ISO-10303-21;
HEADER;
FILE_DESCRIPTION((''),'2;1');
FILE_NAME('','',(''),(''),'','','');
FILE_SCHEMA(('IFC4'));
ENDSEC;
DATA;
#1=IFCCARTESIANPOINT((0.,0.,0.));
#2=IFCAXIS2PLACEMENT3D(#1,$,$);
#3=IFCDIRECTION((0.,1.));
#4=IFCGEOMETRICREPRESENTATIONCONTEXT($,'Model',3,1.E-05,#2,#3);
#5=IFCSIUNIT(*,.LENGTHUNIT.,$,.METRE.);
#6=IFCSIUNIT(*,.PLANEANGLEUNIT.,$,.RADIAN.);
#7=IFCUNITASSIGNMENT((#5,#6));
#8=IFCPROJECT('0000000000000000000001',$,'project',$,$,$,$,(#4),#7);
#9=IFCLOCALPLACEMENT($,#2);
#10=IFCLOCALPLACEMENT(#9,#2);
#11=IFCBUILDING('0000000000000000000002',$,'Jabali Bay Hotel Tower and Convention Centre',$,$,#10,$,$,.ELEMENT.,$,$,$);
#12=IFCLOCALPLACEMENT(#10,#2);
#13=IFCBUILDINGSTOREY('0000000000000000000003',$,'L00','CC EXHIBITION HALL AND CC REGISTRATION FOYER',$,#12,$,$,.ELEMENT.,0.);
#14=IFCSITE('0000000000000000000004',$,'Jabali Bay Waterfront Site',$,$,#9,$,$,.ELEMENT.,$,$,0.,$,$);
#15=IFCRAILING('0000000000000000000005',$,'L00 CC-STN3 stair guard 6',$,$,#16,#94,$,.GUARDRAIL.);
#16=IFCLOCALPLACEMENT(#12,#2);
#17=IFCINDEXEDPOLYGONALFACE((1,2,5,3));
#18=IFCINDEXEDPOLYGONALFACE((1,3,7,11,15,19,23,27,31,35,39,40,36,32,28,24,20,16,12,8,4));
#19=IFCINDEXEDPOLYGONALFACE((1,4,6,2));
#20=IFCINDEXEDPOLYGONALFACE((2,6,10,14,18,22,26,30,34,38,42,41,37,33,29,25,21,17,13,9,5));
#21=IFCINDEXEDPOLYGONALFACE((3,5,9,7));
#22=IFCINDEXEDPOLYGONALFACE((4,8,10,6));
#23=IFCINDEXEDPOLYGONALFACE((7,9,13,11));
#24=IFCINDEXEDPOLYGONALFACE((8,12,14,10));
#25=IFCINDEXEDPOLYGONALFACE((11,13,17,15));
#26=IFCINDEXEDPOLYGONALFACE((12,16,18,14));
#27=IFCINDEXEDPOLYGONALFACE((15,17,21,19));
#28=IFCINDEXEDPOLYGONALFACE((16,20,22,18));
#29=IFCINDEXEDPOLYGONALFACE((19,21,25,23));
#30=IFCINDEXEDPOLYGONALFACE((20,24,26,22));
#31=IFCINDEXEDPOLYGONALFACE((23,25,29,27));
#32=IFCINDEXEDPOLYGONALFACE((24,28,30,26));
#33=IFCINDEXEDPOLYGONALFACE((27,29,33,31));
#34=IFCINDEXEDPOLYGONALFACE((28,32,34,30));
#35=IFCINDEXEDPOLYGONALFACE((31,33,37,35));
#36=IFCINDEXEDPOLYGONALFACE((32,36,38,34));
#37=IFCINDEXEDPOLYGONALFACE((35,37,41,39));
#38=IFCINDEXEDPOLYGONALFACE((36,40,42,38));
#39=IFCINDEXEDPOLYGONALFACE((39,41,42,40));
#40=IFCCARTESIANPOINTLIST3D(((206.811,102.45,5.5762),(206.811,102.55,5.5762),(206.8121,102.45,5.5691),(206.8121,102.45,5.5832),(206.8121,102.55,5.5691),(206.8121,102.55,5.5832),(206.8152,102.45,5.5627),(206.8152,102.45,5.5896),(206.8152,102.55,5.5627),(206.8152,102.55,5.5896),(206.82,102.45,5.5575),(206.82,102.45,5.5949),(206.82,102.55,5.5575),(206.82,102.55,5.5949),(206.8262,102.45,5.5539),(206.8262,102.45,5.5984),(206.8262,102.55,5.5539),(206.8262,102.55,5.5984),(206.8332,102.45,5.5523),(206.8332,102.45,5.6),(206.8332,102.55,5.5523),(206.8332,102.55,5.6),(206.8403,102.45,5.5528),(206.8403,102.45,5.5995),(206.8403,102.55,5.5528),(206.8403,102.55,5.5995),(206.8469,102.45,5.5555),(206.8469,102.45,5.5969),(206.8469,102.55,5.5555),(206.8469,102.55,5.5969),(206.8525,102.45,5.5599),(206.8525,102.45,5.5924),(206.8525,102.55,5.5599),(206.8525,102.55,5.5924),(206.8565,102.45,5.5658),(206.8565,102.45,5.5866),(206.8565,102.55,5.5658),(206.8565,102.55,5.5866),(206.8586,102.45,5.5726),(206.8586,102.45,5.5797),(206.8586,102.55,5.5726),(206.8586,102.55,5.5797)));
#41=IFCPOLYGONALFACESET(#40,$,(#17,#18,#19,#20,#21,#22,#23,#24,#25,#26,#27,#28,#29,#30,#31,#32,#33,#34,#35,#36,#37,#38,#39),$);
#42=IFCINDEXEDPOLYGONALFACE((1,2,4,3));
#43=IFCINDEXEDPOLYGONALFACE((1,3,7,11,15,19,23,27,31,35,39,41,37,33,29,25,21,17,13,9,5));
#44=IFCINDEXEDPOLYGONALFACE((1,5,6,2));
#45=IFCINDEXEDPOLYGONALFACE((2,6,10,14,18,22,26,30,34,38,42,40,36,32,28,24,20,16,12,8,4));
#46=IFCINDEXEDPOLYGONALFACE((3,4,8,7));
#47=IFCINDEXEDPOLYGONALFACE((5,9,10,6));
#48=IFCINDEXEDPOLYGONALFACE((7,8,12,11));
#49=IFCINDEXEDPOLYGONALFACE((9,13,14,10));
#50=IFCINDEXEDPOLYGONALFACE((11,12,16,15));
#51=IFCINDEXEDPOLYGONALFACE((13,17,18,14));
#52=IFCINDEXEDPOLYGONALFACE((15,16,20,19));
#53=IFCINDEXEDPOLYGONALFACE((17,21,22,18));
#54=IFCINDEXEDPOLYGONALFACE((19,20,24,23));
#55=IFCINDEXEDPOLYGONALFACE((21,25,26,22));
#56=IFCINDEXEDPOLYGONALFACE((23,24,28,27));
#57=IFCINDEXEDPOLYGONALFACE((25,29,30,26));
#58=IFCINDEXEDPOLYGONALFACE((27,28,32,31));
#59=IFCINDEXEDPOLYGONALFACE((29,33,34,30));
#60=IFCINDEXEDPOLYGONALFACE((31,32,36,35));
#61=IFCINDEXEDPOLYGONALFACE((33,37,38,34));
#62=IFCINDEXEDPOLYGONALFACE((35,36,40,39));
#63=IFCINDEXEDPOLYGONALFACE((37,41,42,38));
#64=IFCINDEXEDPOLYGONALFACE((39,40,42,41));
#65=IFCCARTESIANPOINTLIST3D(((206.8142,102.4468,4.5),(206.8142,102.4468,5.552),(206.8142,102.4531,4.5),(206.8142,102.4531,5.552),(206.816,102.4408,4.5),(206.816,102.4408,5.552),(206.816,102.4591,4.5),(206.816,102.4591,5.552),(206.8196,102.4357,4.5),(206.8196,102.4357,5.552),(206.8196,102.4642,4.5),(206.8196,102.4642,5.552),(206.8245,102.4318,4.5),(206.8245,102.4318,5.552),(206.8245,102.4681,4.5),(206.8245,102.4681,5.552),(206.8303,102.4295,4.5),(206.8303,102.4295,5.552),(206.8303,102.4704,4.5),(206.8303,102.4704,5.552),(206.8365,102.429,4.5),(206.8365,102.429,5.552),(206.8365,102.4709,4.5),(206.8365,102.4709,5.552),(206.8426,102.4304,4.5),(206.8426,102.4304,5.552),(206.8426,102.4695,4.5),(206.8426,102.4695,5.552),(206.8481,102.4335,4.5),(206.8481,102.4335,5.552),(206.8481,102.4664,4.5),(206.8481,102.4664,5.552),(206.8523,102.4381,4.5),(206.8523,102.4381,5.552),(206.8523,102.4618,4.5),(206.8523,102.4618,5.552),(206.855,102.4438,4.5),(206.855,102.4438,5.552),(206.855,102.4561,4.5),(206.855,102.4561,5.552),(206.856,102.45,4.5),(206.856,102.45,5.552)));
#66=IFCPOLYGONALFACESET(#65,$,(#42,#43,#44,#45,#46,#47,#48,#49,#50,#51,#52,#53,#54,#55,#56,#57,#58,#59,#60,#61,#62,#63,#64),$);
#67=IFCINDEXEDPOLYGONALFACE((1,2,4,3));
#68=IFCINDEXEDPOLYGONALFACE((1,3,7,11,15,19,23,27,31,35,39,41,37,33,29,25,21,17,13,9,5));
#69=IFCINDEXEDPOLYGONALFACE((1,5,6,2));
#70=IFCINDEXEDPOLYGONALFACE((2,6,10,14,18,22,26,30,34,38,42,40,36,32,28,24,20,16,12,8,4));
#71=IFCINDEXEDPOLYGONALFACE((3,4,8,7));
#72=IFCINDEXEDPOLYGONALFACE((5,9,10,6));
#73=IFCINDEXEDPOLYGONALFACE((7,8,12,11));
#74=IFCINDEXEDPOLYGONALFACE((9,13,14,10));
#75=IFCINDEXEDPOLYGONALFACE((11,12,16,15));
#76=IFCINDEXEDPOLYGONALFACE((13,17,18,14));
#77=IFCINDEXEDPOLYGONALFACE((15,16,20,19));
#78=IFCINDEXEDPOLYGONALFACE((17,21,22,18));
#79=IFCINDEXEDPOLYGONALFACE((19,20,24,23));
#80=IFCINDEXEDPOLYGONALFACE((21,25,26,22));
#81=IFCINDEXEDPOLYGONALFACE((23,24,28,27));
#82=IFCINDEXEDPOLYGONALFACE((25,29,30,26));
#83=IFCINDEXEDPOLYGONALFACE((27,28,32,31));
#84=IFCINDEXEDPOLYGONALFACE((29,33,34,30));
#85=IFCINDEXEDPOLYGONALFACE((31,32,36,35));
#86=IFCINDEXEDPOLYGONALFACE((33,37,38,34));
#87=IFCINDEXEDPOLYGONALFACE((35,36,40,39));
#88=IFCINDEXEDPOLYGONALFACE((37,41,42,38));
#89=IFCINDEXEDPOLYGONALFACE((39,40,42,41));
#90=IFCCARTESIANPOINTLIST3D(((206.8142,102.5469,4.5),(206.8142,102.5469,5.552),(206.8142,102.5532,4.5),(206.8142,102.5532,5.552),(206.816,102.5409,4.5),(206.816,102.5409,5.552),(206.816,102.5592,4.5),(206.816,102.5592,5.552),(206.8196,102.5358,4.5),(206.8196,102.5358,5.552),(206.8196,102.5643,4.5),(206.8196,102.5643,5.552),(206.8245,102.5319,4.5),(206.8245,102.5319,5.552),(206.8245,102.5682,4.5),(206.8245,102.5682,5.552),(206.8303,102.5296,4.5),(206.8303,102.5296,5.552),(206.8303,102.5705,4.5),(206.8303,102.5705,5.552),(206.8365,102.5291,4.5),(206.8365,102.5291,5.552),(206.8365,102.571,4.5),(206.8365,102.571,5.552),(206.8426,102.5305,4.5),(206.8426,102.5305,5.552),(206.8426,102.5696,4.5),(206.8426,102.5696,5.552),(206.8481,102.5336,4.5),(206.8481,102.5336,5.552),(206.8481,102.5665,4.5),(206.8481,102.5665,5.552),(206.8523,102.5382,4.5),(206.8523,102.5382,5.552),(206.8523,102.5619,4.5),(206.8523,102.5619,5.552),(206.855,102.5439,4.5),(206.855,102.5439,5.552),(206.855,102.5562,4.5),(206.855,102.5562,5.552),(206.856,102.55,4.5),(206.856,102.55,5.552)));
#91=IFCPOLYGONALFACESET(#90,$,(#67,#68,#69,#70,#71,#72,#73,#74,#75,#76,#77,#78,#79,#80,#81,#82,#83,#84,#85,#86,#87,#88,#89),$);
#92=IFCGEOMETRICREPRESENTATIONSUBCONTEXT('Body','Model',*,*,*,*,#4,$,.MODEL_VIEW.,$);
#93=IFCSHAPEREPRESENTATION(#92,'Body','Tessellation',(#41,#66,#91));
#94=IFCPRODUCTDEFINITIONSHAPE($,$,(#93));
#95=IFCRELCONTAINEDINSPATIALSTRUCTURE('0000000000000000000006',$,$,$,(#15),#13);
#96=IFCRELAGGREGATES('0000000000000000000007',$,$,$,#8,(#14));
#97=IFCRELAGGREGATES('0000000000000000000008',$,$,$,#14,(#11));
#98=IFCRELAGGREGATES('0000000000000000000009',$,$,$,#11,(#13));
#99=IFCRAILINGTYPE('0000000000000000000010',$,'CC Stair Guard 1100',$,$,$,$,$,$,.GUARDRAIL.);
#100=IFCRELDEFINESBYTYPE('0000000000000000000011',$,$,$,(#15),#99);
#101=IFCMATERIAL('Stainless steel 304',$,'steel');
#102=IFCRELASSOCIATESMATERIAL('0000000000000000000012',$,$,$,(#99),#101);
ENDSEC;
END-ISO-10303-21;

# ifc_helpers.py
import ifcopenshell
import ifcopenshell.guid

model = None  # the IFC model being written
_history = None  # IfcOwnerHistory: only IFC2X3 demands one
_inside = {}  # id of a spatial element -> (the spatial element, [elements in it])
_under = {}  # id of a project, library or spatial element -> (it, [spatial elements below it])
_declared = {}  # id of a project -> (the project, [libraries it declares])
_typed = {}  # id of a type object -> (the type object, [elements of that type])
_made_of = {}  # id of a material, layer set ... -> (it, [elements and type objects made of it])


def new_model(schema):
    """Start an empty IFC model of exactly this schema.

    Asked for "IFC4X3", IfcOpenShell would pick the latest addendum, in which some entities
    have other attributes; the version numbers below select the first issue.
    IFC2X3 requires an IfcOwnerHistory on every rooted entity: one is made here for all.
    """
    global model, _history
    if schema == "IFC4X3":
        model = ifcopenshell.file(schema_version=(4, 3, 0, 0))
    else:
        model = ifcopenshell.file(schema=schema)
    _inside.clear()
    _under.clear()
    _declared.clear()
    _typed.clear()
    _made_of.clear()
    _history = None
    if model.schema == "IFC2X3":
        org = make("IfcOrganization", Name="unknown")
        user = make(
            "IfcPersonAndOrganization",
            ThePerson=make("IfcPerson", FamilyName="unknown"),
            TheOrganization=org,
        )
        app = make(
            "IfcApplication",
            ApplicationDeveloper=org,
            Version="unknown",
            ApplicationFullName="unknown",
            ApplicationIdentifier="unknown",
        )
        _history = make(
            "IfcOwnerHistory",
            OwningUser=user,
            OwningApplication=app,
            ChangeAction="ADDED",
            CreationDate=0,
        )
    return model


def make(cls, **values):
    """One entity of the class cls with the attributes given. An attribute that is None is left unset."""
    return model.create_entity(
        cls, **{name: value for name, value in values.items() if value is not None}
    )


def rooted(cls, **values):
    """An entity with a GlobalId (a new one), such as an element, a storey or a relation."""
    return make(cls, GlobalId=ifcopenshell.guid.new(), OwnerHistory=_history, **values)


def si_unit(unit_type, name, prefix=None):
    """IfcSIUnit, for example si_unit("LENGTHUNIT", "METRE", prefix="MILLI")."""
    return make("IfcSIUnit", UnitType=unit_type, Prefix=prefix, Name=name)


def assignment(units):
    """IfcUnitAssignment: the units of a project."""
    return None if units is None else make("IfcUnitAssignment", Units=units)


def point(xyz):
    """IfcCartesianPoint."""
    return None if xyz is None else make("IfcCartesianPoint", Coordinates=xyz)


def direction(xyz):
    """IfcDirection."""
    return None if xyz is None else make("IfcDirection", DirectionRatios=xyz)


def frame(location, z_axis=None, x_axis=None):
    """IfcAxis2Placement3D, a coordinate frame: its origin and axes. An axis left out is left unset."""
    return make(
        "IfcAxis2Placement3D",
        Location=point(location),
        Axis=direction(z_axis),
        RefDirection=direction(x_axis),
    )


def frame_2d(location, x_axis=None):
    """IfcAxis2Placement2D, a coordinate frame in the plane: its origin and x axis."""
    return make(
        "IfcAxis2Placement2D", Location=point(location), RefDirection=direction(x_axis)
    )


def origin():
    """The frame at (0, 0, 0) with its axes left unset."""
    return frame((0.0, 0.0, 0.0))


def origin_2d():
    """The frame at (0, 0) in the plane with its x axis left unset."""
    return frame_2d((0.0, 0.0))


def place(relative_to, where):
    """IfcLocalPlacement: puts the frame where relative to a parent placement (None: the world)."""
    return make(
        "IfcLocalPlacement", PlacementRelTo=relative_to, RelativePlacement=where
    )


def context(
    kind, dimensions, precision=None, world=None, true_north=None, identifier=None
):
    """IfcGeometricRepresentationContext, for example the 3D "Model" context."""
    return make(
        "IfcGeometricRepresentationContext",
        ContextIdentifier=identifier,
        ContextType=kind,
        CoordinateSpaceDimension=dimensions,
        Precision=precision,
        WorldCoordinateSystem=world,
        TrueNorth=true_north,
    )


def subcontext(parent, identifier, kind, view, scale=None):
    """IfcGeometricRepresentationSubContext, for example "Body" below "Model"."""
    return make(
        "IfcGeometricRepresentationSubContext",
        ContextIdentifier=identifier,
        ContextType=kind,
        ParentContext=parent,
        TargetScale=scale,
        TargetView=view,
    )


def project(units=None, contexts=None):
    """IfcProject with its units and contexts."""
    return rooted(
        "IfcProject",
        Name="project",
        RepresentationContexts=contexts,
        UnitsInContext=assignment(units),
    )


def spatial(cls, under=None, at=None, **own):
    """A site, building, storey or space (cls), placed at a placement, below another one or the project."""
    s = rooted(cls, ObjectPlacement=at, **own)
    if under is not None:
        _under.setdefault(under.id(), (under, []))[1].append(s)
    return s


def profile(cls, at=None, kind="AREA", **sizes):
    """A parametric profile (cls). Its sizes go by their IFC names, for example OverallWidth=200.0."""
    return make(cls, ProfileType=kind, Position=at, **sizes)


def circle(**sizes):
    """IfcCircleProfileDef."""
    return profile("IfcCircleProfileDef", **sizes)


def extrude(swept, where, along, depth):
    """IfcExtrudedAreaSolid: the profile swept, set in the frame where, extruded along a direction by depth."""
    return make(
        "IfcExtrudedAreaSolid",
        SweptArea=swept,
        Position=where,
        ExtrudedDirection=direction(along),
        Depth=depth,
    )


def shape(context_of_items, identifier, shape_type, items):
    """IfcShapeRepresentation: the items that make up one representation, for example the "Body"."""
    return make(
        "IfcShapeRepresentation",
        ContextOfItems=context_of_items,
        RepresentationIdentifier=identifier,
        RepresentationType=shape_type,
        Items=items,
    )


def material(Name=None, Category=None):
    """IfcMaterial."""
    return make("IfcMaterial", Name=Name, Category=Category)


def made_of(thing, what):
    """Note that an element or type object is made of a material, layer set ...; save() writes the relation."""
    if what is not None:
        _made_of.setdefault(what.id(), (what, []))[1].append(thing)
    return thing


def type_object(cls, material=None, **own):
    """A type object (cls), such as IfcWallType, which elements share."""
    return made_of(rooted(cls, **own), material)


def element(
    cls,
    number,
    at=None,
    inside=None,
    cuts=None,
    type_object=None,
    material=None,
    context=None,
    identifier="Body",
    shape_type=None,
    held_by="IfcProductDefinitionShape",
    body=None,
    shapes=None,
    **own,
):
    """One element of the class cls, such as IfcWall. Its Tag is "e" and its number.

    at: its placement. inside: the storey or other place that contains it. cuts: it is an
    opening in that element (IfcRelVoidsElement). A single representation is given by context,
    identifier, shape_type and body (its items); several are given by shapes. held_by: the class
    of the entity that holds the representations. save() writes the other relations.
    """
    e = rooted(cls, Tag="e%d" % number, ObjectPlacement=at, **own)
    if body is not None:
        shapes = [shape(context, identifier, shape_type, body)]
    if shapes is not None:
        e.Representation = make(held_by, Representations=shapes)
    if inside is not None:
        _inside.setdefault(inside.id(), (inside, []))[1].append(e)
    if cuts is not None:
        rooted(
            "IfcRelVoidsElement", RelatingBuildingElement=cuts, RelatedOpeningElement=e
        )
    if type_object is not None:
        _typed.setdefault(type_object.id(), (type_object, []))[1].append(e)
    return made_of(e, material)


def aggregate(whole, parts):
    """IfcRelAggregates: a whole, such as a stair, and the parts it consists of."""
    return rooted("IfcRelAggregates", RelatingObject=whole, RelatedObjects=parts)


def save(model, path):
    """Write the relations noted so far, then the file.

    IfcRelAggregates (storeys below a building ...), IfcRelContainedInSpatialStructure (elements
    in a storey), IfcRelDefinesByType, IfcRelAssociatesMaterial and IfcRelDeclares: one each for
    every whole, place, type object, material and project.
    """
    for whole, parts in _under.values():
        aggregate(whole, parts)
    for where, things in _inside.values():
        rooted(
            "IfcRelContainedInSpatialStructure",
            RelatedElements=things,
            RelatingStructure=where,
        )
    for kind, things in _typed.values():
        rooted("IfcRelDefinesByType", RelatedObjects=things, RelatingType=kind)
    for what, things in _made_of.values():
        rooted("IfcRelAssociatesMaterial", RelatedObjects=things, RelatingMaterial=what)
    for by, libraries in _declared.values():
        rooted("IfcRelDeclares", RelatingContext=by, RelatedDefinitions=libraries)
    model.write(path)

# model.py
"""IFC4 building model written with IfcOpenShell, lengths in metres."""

from ifc_helpers import new_model, si_unit, direction, frame, origin, origin_2d, place, context, subcontext, project, spatial, circle, extrude, material, type_object, element, save


model = new_model("IFC4")

# Units and contexts
model_context = context("Model", 3, precision=1e-05, world=origin(), true_north=direction((0.0, 1.0)))
body_context = subcontext(model_context, "Body", "Model", "MODEL_VIEW")
ifc_project = project(units=[si_unit("LENGTHUNIT", "METRE"), si_unit("PLANEANGLEUNIT", "RADIAN")], contexts=[model_context])

# Site, building, storey
site_placement = place(None, origin())
site = spatial("IfcSite", under=ifc_project, at=site_placement, Name="Jabali Bay Waterfront Site", CompositionType="ELEMENT", RefElevation=0.0)
building_placement = place(site_placement, origin())
building = spatial("IfcBuilding", under=site, at=building_placement, Name="Jabali Bay Hotel Tower and Convention Centre", CompositionType="ELEMENT")
storey_placement = place(building_placement, origin())
storey = spatial("IfcBuildingStorey", under=building, at=storey_placement, Name="L00", Description="CC EXHIBITION HALL AND CC REGISTRATION FOYER", CompositionType="ELEMENT", Elevation=0.0)

# Railing
ifc_material_1 = material(Name="Stainless steel 304", Category="steel")
railing_type_1 = type_object("IfcRailingType", Name="CC Stair Guard 1100", PredefinedType="GUARDRAIL", material=ifc_material_1)
railing_1_placement = place(storey_placement, frame((206.835, 102.45, 4.5)))
element("IfcRailing", 1, at=railing_1_placement, inside=storey, type_object=railing_type_1, Name="L00 CC-STN3 stair guard 6", PredefinedType="GUARDRAIL", context=body_context, shape_type="SweptSolid", body=[
    extrude(circle(Radius=0.0239, at=origin_2d()), frame((0.0, 0.0, 1.0762), z_axis=(0.0, 1.0, 0.0), x_axis=(-1.0, 0.0, 0.0)), (0.0, 0.0, 1.0), 0.1001),
    extrude(circle(Radius=0.021, at=origin_2d()), origin(), (0.0, 0.0, 1.0), 1.052),
    extrude(circle(Radius=0.021, at=origin_2d()), frame((0.0, 0.1001, 0.0)), (0.0, 0.0, 1.0), 1.052),
])

save(model, "model.ifc")
